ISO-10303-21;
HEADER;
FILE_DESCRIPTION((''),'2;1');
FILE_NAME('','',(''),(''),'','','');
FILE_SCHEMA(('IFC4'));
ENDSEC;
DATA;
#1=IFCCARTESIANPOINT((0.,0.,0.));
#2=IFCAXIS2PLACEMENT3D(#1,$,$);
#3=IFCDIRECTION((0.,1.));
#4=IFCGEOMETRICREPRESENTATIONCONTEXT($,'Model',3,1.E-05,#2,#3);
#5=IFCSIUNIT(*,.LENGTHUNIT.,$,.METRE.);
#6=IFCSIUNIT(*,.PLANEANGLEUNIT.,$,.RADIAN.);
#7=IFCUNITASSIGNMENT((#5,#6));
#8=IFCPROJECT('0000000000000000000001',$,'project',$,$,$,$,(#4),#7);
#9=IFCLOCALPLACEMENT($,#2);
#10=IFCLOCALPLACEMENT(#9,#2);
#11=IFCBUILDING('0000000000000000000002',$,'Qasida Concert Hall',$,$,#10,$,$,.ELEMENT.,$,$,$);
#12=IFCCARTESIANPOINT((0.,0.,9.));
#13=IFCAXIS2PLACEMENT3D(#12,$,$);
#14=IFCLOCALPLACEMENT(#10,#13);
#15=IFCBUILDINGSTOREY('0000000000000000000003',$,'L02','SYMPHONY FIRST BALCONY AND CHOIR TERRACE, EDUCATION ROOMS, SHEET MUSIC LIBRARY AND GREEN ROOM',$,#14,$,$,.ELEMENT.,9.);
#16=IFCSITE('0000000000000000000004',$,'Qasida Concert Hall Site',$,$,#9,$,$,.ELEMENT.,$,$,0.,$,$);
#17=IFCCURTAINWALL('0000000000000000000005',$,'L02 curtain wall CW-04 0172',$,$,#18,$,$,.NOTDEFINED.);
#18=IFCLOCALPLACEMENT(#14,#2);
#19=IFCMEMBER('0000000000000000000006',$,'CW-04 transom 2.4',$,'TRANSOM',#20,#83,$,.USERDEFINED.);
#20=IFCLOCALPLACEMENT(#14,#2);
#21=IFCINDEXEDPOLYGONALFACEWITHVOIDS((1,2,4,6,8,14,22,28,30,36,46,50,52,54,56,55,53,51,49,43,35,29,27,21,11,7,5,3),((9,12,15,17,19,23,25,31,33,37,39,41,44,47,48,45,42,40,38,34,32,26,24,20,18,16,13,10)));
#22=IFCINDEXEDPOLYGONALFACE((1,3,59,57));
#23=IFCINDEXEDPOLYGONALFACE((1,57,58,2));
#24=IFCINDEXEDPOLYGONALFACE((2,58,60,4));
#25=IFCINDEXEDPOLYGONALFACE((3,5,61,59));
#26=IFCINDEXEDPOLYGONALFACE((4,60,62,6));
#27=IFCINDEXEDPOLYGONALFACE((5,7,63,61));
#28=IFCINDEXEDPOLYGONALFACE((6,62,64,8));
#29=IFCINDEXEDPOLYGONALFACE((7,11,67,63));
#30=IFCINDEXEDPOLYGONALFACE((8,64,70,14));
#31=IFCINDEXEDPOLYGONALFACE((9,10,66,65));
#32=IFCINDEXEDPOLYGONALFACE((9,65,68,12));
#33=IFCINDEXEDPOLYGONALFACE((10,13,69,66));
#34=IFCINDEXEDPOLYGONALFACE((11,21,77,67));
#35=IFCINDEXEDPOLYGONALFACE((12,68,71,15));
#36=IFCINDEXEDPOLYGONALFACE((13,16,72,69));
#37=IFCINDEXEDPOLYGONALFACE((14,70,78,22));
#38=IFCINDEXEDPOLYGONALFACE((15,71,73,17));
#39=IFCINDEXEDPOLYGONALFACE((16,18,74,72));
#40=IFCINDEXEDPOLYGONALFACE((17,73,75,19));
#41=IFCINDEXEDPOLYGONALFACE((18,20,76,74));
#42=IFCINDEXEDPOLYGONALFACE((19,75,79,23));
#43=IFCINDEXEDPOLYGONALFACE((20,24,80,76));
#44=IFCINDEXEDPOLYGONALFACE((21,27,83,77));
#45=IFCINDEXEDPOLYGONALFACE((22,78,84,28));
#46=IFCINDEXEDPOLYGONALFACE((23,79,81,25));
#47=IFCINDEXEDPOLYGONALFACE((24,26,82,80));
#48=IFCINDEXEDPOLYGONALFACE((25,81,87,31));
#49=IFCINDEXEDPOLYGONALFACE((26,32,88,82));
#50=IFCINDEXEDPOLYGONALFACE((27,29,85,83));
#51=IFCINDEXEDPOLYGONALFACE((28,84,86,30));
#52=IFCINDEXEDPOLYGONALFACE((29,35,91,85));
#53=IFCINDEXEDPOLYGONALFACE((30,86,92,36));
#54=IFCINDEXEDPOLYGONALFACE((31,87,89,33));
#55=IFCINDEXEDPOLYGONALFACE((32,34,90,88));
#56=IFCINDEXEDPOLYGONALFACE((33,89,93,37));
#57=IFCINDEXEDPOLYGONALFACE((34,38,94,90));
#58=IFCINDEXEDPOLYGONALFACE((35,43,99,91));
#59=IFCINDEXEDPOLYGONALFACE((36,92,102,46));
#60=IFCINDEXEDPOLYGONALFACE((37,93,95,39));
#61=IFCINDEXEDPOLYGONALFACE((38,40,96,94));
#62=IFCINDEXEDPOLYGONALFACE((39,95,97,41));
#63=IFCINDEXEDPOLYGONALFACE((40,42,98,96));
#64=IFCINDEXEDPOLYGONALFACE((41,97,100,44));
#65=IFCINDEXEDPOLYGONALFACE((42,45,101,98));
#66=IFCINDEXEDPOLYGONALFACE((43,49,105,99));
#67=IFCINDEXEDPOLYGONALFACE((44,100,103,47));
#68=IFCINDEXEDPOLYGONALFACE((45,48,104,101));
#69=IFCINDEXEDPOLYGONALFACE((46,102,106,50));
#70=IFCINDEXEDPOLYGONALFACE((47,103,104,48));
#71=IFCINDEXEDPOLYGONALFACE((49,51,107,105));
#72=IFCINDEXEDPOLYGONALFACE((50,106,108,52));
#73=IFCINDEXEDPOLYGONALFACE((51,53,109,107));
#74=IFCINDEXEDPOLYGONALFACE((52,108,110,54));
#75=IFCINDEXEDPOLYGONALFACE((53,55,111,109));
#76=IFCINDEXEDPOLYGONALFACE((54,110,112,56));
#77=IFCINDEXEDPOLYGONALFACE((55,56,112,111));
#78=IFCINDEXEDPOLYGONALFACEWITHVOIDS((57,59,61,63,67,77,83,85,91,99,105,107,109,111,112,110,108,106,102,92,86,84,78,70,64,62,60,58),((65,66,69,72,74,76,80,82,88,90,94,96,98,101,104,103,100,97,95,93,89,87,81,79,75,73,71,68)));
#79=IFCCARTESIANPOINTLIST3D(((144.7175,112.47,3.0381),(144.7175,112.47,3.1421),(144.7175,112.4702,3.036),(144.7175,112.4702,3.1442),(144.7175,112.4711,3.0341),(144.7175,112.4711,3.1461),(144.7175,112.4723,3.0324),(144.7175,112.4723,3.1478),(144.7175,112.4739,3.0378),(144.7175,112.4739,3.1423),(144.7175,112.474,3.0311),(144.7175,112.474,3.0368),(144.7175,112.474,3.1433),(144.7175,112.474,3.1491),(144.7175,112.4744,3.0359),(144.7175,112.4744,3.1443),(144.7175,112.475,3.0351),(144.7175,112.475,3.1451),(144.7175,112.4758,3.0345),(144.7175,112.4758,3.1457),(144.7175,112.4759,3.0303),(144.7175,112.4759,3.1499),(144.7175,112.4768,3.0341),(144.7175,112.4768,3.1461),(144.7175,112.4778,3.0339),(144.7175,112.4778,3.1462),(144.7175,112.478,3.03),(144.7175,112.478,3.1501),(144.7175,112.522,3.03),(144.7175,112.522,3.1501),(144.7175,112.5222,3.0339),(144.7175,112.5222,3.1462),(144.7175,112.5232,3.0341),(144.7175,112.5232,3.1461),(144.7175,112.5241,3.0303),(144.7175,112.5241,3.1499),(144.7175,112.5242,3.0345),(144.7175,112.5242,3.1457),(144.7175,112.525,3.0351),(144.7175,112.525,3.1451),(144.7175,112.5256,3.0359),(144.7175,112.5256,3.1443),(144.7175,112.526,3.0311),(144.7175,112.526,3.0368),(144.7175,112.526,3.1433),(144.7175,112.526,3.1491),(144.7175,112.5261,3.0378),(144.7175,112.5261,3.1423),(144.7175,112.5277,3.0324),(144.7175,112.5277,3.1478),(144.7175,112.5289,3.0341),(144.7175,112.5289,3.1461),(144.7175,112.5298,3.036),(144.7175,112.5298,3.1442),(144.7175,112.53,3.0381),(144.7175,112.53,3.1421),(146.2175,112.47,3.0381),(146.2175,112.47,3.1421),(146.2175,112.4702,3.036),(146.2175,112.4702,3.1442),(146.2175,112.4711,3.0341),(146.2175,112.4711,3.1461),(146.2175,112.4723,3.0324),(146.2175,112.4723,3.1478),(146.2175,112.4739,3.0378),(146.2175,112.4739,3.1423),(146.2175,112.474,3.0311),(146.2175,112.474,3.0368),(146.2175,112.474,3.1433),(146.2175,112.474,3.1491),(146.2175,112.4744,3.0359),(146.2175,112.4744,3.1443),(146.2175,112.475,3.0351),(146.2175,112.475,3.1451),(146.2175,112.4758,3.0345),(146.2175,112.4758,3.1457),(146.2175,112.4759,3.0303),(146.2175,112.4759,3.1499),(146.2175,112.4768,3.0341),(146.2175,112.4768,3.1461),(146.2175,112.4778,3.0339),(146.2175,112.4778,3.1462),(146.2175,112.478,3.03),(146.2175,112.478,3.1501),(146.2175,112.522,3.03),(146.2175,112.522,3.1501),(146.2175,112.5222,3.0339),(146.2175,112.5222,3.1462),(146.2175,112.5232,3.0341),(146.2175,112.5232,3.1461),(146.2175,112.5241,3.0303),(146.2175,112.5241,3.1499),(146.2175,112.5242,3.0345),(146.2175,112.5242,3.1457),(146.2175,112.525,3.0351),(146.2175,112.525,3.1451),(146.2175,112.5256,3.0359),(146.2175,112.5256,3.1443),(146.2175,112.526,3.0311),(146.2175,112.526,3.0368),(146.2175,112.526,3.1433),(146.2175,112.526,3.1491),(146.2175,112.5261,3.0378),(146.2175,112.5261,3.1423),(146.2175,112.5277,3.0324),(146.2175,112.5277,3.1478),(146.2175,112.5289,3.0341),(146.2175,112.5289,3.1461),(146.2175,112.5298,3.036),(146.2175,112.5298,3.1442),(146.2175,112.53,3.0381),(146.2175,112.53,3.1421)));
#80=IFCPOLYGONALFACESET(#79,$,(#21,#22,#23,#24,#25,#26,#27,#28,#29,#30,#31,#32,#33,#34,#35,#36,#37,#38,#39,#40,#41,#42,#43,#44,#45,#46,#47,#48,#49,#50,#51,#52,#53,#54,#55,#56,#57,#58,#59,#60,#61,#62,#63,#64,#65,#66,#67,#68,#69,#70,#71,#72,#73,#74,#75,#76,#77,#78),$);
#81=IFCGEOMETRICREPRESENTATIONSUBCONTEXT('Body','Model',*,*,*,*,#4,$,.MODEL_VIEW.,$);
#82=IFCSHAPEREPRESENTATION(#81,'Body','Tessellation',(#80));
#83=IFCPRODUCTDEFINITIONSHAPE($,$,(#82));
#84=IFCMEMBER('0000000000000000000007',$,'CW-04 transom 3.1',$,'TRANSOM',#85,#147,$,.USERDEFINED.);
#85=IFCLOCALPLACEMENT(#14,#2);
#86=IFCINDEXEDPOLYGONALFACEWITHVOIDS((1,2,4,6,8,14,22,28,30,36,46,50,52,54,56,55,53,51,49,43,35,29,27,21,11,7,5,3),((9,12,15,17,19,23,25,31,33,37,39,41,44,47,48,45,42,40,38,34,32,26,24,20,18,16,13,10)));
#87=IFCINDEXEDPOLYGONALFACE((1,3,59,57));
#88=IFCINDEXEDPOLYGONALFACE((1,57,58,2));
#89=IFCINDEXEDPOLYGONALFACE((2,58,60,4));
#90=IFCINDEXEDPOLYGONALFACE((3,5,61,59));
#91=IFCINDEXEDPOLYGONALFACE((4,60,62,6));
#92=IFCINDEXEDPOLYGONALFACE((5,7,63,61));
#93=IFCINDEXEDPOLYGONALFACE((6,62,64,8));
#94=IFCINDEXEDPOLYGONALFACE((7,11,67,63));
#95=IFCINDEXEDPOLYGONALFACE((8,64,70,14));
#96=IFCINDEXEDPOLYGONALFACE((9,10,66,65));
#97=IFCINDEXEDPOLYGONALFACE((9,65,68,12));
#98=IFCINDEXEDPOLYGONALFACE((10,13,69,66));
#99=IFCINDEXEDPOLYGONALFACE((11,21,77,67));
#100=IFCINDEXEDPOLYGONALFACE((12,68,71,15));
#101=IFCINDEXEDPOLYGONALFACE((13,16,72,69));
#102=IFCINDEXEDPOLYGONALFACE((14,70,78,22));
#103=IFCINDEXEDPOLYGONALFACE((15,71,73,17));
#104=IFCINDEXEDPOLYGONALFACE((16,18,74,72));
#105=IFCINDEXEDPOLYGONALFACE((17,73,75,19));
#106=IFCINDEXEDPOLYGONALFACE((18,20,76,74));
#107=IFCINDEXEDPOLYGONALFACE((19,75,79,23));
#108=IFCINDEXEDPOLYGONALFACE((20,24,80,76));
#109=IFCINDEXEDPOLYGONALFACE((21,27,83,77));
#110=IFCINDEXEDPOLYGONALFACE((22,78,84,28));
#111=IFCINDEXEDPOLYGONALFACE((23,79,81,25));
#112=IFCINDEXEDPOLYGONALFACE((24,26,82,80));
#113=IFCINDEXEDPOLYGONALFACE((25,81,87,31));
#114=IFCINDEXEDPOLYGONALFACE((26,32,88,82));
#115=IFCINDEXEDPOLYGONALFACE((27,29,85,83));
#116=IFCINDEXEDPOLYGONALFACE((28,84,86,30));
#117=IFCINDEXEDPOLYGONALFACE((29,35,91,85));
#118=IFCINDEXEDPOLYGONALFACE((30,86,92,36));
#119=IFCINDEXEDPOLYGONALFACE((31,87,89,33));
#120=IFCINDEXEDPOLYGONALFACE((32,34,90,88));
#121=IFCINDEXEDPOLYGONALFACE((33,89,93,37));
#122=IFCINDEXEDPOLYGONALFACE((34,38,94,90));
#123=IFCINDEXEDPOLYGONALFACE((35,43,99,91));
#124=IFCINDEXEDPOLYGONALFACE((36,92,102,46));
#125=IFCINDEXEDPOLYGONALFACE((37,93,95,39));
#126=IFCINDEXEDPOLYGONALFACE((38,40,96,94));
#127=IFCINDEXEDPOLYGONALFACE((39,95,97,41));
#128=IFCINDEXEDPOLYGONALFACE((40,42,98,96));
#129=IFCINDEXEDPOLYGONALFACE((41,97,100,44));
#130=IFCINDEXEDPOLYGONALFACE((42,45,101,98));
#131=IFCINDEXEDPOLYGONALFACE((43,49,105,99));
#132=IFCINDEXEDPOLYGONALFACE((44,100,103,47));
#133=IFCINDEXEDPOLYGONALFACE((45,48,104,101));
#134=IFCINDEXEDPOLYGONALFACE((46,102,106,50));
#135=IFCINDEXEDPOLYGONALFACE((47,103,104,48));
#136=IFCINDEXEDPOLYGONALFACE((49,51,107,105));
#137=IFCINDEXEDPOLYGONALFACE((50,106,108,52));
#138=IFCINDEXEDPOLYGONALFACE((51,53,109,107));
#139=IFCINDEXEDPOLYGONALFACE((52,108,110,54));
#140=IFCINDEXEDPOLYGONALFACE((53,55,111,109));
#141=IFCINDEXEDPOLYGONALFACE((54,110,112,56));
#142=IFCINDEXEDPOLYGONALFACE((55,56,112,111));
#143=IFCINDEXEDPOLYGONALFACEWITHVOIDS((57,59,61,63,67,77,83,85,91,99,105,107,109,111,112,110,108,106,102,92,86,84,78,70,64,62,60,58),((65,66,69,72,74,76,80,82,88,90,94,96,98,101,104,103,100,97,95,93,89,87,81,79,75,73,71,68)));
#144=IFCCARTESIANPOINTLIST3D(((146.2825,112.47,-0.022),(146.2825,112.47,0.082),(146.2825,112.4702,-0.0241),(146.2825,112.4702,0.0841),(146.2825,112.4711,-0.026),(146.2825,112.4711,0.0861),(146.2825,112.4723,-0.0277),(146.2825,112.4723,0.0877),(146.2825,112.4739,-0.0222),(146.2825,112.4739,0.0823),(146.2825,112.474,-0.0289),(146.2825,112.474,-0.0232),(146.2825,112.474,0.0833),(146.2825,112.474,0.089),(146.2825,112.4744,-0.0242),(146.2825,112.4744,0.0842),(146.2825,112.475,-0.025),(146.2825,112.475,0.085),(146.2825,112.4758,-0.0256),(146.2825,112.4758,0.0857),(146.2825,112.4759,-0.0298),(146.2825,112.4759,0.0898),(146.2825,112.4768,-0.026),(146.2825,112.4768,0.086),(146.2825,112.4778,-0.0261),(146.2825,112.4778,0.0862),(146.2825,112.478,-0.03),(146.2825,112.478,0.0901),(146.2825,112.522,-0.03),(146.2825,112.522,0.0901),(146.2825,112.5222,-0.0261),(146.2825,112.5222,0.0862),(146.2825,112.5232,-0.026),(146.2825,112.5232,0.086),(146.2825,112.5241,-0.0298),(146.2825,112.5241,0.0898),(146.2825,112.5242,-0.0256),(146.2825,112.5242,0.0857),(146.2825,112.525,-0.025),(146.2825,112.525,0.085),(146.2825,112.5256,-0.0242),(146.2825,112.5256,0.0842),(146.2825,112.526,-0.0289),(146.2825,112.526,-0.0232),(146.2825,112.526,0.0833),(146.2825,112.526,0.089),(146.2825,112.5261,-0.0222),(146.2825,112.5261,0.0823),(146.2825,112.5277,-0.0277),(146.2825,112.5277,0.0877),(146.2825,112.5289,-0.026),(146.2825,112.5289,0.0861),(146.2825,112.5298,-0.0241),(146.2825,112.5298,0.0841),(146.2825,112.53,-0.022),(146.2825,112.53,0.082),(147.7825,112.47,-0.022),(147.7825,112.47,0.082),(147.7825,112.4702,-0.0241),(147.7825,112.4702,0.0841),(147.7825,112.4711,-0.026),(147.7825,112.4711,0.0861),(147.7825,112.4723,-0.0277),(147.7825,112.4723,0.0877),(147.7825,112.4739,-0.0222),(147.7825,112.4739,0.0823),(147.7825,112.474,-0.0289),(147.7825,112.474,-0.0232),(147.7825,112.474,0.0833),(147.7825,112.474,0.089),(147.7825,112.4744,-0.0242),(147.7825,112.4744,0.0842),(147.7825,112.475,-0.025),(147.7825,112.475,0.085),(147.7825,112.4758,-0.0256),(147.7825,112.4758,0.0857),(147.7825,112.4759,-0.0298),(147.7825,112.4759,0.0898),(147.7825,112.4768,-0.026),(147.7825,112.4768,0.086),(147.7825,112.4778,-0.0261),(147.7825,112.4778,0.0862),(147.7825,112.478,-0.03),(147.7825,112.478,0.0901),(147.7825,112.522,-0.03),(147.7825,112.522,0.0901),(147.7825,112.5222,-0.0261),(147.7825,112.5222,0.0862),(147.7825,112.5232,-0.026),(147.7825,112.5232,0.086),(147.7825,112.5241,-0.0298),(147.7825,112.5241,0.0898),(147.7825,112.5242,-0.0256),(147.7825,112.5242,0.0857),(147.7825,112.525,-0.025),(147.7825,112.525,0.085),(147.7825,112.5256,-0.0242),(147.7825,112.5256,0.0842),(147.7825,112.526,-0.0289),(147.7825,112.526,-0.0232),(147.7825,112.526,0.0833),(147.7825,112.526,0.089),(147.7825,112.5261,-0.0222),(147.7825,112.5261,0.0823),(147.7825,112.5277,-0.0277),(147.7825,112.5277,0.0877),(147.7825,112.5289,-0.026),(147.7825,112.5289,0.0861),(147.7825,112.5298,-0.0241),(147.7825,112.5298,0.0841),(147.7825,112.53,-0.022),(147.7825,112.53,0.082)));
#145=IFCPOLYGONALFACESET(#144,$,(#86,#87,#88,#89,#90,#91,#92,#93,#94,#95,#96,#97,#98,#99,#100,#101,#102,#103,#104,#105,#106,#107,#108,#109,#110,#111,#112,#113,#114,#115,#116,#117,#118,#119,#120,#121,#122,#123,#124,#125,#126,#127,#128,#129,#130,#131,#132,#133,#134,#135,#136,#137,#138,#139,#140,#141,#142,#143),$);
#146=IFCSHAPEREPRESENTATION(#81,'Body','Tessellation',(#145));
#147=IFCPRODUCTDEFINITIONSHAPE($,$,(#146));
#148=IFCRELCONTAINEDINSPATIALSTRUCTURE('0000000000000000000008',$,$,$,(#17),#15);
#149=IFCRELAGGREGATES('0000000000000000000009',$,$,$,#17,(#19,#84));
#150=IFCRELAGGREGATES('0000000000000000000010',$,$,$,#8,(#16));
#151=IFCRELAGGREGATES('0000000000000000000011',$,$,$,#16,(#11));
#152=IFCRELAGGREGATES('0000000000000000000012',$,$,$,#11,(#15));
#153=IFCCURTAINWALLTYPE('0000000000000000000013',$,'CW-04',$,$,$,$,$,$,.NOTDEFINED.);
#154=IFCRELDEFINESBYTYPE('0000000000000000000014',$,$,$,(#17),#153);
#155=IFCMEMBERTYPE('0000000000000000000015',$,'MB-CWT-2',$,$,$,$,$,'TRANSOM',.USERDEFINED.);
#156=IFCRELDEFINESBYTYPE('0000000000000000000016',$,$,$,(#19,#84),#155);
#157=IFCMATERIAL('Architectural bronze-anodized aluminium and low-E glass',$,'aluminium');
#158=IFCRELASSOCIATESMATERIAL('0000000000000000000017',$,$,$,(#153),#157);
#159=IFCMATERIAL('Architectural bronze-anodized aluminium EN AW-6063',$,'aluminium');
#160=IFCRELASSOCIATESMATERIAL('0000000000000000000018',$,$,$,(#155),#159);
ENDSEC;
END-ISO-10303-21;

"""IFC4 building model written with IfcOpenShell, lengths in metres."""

from ifc_helpers import new_model, si_unit, direction, frame, origin, origin_2d, place, context, subcontext, project, spatial, hollow_rectangle, extrude, material, material_profile, profile_set, type_object, element, aggregate, save


model = new_model("IFC4")

# Units and contexts
model_context = context("Model", 3, precision=1e-05, world=origin(), true_north=direction((0.0, 1.0)))
body_context = subcontext(model_context, "Body", "Model", "MODEL_VIEW")
ifc_project = project(units=[si_unit("LENGTHUNIT", "METRE"), si_unit("PLANEANGLEUNIT", "RADIAN")], contexts=[model_context])

# Site, building, storey
site_placement = place(None, origin())
site = spatial("IfcSite", under=ifc_project, at=site_placement, Name="Qasida Concert Hall Site", CompositionType="ELEMENT", RefElevation=0.0)
building_placement = place(site_placement, origin())
building = spatial("IfcBuilding", under=site, at=building_placement, Name="Qasida Concert Hall", CompositionType="ELEMENT")
storey_placement = place(building_placement, frame((0.0, 0.0, 9.0)))
storey = spatial("IfcBuildingStorey", under=building, at=storey_placement, Name="L02", Description="SYMPHONY FIRST BALCONY AND CHOIR TERRACE, EDUCATION ROOMS, SHEET MUSIC LIBRARY AND GREEN ROOM", CompositionType="ELEMENT", Elevation=9.0)

# Curtain wall, members
ifc_material_1 = material(Name="Architectural bronze-anodized aluminium and low-E glass", Category="aluminium")
curtain_wall_type = type_object("IfcCurtainWallType", Name="CW-04", PredefinedType="NOTDEFINED", material=ifc_material_1)
curtain_wall_placement = place(storey_placement, origin())
curtain_wall = element("IfcCurtainWall", 1, at=curtain_wall_placement, inside=storey, type_object=curtain_wall_type, Name="L02 curtain wall CW-04 0172", PredefinedType="NOTDEFINED")
ifc_material_2 = material(Name="Architectural bronze-anodized aluminium EN AW-6063", Category="aluminium")
ifc_material_profile_1 = material_profile(ifc_material_2, hollow_rectangle(XDim=0.0601, YDim=0.1201, WallThickness=0.0039, InnerFilletRadius=0.0039, OuterFilletRadius=0.0081, at=origin_2d()), Name="CWT 120x60x4")
ifc_profile_set_1 = profile_set([ifc_material_profile_1], Name="Architectural bronze-anodized aluminium EN AW-6063")
member_type_1 = type_object("IfcMemberType", Name="MB-CWT-2", ElementType="TRANSOM", PredefinedType="USERDEFINED", material=ifc_profile_set_1)
member_1_placement = place(storey_placement, frame((144.7175, 112.5, 3.0901), z_axis=(1.0, 0.0, 0.0), x_axis=(0.0, 1.0, 0.0)))
member_1 = element("IfcMember", 2, at=member_1_placement, type_object=member_type_1, Name="CW-04 transom 2.4", ObjectType="TRANSOM", PredefinedType="USERDEFINED", context=body_context, shape_type="SweptSolid", body=[
    extrude(hollow_rectangle(XDim=0.0601, YDim=0.1201, WallThickness=0.0039, InnerFilletRadius=0.0039, OuterFilletRadius=0.0081, at=origin_2d()), origin(), (0.0, 0.0, 1.0), 1.5),
])
member_2_placement = place(storey_placement, frame((146.2825, 112.5, 0.03), z_axis=(1.0, 0.0, 0.0), x_axis=(0.0, 1.0, 0.0)))
member_2 = element("IfcMember", 3, at=member_2_placement, type_object=member_type_1, Name="CW-04 transom 3.1", ObjectType="TRANSOM", PredefinedType="USERDEFINED", context=body_context, shape_type="SweptSolid", body=[
    extrude(hollow_rectangle(XDim=0.0601, YDim=0.1201, WallThickness=0.0039, InnerFilletRadius=0.0039, OuterFilletRadius=0.0081, at=origin_2d()), origin(), (0.0, 0.0, 1.0), 1.5),
])
aggregate(curtain_wall, [member_1, member_2])

save(model, "model.ifc")
